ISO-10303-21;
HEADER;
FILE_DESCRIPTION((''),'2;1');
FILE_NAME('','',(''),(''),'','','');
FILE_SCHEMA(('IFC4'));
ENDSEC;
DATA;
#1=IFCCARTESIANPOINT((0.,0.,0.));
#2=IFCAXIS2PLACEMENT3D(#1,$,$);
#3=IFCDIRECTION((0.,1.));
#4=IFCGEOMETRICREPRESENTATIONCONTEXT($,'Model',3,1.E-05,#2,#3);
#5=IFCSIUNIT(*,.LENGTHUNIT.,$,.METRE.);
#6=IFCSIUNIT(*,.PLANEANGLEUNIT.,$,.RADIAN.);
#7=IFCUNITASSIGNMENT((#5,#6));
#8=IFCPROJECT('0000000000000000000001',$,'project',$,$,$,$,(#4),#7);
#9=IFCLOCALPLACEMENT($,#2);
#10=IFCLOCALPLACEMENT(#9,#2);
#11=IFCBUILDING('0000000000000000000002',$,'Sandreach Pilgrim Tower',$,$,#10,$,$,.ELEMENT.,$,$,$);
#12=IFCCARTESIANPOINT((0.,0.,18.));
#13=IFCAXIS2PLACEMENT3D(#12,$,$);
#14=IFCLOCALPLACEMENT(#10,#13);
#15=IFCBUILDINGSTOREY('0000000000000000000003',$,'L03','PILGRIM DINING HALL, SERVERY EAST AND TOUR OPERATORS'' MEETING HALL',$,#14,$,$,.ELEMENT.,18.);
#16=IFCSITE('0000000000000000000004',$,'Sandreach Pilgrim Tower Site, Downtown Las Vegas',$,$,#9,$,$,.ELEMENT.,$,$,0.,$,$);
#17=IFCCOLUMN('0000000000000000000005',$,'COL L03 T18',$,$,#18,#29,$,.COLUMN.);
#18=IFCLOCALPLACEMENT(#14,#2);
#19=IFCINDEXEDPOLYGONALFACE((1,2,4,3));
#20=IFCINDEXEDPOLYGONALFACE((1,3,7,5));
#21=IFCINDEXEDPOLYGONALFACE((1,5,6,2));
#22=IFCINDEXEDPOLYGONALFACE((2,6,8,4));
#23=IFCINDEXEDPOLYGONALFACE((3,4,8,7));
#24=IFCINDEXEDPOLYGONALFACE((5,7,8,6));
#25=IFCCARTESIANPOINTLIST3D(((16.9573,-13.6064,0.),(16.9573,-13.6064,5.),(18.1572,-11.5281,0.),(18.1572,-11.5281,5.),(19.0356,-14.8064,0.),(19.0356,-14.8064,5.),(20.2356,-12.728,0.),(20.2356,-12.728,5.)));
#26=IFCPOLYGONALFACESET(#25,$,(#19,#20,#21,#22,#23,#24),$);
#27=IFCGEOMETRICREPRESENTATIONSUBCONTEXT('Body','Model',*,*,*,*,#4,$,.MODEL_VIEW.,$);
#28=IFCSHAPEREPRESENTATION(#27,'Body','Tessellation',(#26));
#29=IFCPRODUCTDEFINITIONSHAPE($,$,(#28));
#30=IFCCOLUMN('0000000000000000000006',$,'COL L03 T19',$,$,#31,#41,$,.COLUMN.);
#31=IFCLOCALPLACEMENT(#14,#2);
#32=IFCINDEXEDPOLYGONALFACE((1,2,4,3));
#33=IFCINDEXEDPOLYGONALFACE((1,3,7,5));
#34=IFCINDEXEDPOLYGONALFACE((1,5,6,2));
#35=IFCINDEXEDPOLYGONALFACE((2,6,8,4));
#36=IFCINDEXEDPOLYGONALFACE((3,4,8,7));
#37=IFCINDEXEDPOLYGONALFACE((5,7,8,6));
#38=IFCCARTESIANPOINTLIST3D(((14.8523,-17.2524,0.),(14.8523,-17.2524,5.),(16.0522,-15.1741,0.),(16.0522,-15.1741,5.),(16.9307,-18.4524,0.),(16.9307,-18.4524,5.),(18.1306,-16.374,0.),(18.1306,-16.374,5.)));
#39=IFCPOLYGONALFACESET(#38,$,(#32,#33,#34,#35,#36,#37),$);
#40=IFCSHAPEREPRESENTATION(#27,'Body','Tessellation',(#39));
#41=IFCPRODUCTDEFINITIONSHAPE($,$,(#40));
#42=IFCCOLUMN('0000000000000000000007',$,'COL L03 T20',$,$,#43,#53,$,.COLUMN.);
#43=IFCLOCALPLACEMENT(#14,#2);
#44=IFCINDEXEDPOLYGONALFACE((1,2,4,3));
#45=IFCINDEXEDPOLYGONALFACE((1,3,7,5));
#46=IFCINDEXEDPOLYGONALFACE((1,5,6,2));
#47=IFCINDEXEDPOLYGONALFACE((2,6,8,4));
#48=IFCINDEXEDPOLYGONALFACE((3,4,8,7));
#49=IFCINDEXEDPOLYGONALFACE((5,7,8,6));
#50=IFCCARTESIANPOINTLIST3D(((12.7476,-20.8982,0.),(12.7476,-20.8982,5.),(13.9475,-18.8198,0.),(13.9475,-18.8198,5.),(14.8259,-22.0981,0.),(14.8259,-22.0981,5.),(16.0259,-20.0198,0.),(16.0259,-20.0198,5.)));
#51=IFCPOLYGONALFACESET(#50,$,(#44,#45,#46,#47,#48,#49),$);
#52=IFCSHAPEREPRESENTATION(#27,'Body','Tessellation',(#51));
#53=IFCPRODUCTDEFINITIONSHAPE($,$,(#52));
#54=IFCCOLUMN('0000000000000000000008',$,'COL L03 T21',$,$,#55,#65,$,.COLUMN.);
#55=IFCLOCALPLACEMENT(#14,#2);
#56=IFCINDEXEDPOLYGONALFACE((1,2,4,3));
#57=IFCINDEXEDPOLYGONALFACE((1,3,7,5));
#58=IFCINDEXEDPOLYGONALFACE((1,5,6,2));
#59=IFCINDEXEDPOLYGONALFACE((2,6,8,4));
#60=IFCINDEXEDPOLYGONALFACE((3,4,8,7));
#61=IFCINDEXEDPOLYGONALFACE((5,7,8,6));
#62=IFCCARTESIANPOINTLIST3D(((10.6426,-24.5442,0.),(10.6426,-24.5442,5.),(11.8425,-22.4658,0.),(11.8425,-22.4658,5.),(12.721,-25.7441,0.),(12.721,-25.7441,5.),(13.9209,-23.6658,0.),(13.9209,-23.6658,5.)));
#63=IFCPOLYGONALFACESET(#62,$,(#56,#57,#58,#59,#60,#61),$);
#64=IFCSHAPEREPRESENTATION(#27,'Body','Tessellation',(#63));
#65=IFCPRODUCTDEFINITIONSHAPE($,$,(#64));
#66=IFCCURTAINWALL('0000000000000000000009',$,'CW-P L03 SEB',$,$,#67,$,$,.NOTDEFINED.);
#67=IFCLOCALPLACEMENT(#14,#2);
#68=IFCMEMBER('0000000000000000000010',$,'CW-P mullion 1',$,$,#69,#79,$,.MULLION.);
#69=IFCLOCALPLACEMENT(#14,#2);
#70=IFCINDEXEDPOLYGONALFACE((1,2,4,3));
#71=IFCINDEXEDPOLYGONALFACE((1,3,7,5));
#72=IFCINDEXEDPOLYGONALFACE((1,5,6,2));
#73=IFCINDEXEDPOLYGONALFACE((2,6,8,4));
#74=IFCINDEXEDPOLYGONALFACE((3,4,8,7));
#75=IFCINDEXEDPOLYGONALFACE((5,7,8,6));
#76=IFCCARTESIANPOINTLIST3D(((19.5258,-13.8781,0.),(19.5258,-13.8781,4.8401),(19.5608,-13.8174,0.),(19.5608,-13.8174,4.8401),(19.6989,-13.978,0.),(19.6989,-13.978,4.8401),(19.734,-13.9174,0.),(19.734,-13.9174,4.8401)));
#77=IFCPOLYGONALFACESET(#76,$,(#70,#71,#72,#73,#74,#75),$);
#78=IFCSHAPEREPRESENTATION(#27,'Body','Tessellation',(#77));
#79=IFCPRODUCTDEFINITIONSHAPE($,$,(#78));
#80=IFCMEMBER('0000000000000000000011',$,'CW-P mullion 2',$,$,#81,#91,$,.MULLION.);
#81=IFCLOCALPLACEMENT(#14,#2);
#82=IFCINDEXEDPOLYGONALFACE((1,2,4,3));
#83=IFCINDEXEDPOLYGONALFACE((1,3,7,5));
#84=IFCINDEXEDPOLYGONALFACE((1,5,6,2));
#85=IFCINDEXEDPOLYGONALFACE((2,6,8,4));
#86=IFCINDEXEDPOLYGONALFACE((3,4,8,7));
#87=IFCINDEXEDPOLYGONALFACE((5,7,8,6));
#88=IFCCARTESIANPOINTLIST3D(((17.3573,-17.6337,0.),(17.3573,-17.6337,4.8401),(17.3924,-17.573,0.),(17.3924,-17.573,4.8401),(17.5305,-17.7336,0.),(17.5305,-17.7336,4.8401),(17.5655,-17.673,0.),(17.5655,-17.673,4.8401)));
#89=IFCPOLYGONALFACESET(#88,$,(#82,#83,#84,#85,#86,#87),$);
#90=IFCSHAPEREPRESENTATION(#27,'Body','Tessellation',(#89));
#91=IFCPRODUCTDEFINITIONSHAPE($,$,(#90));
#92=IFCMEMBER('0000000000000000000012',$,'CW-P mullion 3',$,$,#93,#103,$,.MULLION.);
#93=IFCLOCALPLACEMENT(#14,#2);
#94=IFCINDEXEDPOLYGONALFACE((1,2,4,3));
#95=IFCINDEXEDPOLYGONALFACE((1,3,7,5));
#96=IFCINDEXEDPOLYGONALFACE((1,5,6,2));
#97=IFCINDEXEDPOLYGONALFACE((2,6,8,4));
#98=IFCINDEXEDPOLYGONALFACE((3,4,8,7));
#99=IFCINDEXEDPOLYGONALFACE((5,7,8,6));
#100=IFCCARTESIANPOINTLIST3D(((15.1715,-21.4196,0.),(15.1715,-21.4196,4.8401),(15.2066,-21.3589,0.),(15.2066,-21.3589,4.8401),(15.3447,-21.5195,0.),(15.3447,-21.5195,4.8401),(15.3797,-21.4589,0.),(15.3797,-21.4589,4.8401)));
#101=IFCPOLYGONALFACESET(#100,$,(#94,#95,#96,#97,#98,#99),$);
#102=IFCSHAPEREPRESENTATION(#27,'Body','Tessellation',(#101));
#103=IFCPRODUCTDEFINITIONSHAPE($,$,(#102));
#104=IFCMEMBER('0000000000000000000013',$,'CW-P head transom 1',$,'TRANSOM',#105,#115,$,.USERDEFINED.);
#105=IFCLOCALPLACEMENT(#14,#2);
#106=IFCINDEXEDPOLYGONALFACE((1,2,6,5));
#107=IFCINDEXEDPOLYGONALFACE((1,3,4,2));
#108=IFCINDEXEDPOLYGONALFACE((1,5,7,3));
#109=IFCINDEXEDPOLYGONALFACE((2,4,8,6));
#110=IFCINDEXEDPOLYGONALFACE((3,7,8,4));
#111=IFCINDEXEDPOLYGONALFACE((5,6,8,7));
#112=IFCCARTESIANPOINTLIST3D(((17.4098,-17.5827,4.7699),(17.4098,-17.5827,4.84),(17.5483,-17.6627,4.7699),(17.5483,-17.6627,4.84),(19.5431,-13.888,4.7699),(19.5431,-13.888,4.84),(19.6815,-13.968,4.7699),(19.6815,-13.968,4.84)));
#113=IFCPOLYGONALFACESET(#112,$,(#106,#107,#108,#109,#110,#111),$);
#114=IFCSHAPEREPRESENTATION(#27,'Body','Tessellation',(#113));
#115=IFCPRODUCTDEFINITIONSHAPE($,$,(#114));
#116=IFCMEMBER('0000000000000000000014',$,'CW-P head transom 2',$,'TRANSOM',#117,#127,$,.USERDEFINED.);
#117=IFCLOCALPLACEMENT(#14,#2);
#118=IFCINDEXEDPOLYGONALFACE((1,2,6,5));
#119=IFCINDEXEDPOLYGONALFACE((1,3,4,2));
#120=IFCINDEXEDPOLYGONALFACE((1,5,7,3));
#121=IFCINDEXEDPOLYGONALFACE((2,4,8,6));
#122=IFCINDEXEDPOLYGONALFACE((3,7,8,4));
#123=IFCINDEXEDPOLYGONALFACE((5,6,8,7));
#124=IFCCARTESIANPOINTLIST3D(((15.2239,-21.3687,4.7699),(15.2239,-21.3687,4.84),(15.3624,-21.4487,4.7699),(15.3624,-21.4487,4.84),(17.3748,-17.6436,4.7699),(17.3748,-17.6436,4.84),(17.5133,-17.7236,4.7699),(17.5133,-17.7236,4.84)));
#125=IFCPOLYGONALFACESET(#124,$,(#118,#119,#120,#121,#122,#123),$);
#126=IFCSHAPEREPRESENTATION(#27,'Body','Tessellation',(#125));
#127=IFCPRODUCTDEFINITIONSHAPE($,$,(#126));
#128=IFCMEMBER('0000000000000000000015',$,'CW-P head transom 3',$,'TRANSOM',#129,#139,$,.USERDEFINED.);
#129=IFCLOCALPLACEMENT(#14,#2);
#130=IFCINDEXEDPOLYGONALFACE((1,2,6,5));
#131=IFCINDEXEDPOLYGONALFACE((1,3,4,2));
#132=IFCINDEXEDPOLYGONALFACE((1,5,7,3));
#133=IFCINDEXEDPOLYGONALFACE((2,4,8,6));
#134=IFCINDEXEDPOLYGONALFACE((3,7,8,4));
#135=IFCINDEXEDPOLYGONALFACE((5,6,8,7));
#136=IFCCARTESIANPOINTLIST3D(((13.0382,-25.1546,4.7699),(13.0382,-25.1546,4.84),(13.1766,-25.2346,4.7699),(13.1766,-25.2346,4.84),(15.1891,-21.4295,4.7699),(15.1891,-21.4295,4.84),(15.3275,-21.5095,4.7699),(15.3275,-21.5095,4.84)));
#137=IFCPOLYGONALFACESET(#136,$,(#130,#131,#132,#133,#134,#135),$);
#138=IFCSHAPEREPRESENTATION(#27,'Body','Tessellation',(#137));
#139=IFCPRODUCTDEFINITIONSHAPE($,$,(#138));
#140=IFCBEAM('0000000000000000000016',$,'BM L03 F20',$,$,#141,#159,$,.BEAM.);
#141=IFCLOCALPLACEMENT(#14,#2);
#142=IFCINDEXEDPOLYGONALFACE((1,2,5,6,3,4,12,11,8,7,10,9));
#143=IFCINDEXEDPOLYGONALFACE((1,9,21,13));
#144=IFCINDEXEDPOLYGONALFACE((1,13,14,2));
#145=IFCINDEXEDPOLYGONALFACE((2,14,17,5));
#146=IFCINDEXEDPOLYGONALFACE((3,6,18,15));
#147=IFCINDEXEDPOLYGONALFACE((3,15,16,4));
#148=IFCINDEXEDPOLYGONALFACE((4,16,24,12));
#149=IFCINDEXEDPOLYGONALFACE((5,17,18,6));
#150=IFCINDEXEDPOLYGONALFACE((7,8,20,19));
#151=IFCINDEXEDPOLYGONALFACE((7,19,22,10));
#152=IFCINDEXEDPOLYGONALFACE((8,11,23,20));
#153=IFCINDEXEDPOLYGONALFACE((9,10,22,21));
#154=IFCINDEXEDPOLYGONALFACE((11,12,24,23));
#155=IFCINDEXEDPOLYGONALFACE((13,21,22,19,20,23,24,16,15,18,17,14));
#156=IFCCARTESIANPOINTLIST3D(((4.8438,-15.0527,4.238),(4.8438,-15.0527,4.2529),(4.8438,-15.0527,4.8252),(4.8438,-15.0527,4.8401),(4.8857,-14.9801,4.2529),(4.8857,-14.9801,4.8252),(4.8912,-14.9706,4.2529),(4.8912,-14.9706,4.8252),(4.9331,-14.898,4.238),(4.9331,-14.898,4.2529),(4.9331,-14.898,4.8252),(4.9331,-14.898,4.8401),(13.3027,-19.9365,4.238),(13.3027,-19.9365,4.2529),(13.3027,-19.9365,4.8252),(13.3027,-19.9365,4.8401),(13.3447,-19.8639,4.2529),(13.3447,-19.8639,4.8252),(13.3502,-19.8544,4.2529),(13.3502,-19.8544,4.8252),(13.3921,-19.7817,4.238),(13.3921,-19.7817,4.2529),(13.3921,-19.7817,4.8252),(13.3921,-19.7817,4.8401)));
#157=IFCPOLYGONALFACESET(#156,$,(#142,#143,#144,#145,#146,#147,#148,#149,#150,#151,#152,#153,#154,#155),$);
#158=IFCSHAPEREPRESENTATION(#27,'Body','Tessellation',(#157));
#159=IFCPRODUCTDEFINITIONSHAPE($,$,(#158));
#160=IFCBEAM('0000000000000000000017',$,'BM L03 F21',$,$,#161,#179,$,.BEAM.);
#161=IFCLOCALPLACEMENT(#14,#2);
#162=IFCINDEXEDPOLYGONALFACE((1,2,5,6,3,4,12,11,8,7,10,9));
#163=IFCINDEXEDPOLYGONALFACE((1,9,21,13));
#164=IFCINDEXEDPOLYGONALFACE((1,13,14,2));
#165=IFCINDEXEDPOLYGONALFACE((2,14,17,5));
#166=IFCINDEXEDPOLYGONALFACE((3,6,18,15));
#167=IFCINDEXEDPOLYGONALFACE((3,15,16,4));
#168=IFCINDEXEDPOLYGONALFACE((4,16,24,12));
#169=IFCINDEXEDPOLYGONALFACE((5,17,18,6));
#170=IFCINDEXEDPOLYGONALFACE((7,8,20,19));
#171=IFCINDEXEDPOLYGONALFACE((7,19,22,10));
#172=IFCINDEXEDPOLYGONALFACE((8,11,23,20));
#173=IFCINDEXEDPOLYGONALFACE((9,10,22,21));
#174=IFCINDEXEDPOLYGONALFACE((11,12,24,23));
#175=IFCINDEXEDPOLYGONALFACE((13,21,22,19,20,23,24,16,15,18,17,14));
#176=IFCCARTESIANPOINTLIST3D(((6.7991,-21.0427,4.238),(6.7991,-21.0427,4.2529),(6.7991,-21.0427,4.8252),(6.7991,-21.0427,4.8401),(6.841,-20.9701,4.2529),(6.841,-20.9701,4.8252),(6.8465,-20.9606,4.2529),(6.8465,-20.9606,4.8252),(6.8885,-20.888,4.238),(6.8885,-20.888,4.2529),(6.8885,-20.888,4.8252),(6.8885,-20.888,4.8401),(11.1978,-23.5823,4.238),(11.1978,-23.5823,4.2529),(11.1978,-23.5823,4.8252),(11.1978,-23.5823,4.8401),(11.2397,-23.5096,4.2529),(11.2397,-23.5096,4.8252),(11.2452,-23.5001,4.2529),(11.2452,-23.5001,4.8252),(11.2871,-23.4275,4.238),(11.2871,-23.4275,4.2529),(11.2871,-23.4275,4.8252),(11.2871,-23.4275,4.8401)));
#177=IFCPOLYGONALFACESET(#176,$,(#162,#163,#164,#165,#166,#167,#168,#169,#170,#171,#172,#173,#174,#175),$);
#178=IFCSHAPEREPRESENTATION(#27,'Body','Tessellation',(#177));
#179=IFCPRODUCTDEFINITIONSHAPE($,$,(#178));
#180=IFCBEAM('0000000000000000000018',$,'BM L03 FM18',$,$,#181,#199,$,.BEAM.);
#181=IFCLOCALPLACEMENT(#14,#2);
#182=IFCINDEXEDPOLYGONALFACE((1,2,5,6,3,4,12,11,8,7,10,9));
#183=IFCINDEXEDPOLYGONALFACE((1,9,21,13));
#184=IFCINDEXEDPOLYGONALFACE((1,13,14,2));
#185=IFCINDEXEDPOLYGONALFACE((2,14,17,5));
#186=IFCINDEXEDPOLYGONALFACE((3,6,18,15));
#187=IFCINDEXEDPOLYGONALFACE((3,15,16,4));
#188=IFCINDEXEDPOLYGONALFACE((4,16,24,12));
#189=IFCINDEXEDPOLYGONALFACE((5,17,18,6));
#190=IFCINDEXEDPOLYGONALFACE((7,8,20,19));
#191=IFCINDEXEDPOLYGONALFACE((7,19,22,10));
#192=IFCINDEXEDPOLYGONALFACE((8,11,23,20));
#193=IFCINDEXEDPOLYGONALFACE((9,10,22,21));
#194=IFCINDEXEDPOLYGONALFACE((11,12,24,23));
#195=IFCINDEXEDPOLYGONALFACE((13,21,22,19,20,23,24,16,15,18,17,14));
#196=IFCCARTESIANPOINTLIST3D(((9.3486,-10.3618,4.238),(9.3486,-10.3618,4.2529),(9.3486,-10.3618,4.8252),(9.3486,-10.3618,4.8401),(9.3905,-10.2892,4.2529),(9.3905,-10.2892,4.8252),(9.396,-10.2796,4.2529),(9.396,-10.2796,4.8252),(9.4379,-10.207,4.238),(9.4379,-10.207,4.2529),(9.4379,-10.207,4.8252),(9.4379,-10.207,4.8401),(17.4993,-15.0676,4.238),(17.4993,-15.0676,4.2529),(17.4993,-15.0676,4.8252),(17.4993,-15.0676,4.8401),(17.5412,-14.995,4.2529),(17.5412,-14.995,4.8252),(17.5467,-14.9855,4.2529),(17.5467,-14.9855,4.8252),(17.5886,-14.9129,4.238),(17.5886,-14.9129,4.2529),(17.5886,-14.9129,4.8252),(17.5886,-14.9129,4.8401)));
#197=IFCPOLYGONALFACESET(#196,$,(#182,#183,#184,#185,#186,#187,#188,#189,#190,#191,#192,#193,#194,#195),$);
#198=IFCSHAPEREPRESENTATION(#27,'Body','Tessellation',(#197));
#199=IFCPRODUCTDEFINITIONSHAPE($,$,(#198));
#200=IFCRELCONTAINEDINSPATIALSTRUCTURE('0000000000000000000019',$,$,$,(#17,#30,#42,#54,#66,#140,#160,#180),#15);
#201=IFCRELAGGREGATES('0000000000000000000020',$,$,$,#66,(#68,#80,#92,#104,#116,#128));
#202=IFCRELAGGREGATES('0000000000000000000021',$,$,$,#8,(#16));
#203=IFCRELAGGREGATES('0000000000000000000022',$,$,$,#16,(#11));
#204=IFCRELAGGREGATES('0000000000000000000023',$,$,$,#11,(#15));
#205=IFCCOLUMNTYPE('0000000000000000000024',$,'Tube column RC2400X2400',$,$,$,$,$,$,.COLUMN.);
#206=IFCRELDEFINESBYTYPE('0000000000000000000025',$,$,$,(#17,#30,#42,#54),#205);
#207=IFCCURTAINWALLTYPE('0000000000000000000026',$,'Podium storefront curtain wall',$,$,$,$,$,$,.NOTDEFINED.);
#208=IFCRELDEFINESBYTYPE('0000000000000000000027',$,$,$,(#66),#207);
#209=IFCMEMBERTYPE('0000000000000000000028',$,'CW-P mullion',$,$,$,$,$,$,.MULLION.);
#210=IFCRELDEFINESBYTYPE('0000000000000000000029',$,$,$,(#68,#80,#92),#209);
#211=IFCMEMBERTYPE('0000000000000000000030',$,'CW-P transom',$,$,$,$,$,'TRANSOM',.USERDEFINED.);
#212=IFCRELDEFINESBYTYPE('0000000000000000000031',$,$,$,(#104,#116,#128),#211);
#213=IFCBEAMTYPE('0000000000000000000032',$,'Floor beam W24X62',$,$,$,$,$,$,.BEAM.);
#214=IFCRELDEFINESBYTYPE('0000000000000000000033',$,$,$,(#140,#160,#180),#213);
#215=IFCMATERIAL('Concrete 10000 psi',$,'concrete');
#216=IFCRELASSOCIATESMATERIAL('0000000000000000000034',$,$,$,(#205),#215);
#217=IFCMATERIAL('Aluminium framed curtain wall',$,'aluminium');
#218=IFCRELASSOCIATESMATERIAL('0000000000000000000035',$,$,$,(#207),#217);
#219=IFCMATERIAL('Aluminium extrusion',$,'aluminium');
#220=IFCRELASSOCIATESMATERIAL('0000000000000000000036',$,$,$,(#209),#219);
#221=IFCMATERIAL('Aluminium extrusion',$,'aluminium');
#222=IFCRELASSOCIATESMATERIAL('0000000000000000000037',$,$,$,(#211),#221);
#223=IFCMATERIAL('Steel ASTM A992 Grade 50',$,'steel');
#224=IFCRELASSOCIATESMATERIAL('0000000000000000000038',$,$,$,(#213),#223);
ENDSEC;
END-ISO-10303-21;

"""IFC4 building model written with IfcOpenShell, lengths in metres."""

from ifc_helpers import new_model, si_unit, direction, frame, origin, origin_2d, place, context, subcontext, project, spatial, rectangle, i_section, extrude, material, material_profile, profile_set, type_object, element, aggregate, save


model = new_model("IFC4")

# Units and contexts
model_context = context("Model", 3, precision=1e-05, world=origin(), true_north=direction((0.0, 1.0)))
body_context = subcontext(model_context, "Body", "Model", "MODEL_VIEW")
ifc_project = project(units=[si_unit("LENGTHUNIT", "METRE"), si_unit("PLANEANGLEUNIT", "RADIAN")], contexts=[model_context])

# Site, building, storey
site_placement = place(None, origin())
site = spatial("IfcSite", under=ifc_project, at=site_placement, Name="Sandreach Pilgrim Tower Site, Downtown Las Vegas", CompositionType="ELEMENT", RefElevation=0.0)
building_placement = place(site_placement, origin())
building = spatial("IfcBuilding", under=site, at=building_placement, Name="Sandreach Pilgrim Tower", CompositionType="ELEMENT")
storey_placement = place(building_placement, frame((0.0, 0.0, 18.0)))
storey = spatial("IfcBuildingStorey", under=building, at=storey_placement, Name="L03", Description="PILGRIM DINING HALL, SERVERY EAST AND TOUR OPERATORS' MEETING HALL", CompositionType="ELEMENT", Elevation=18.0)

# Columns
ifc_material_1 = material(Name="Concrete 10000 psi", Category="concrete")
ifc_material_profile_1 = material_profile(ifc_material_1, rectangle(XDim=2.3999, YDim=2.3999, at=origin_2d()), Name="RC2400X2400")
ifc_profile_set_1 = profile_set([ifc_material_profile_1], Name="Concrete 10000 psi")
column_type = type_object("IfcColumnType", Name="Tube column RC2400X2400", PredefinedType="COLUMN", material=ifc_profile_set_1)
for number, where, z_axis, x_axis, name in (
    (1, (18.5964, -13.1672, 0.0), (0.0, 0.0, 1.0), (0.866025, -0.5, 0.0), "COL L03 T18"),
    (2, (16.4915, -16.8132, 0.0), (0.0, 0.0, 1.0), (0.866025, -0.5, 0.0), "COL L03 T19"),
    (3, (14.3867, -20.459, 0.0), (0.0, 0.0, 1.0), (0.866025, -0.5, 0.0), "COL L03 T20"),
    (4, (12.2817, -24.105, 0.0), (0.0, 0.0, 1.0), (0.866025, -0.5, 0.0), "COL L03 T21"),
):
    element("IfcColumn", number, at=place(storey_placement, frame(where, z_axis=z_axis, x_axis=x_axis)), inside=storey, type_object=column_type, Name=name, PredefinedType="COLUMN", context=body_context, shape_type="SweptSolid", body=[
        extrude(rectangle(XDim=2.3999, YDim=2.3999, at=origin_2d()), origin(), (0.0, 0.0, 1.0), 5.0),
    ])

# Curtain wall, members
ifc_material_2 = material(Name="Aluminium framed curtain wall", Category="aluminium")
curtain_wall_type = type_object("IfcCurtainWallType", Name="Podium storefront curtain wall", PredefinedType="NOTDEFINED", material=ifc_material_2)
curtain_wall_placement = place(storey_placement, origin())
curtain_wall = element("IfcCurtainWall", 5, at=curtain_wall_placement, inside=storey, type_object=curtain_wall_type, Name="CW-P L03 SEB", PredefinedType="NOTDEFINED")
ifc_material_3 = material(Name="Aluminium extrusion", Category="aluminium")
ifc_material_profile_2 = material_profile(ifc_material_3, rectangle(XDim=0.0701, YDim=0.2, at=origin_2d()), Name="CW-PM 70X200")
ifc_profile_set_2 = profile_set([ifc_material_profile_2], Name="Aluminium extrusion")
member_type_1 = type_object("IfcMemberType", Name="CW-P mullion", PredefinedType="MULLION", material=ifc_profile_set_2)
member_1_placement = place(storey_placement, frame((19.6299, -13.8977, 0.0), z_axis=(0.0, 0.0, 1.0), x_axis=(-0.5, -0.866025, 0.0)))
member_1 = element("IfcMember", 6, at=member_1_placement, type_object=member_type_1, Name="CW-P mullion 1", PredefinedType="MULLION", context=body_context, shape_type="SweptSolid", body=[
    extrude(rectangle(XDim=0.0701, YDim=0.2, at=origin_2d()), origin(), (0.0, 0.0, 1.0), 4.8401),
])
member_2_placement = place(storey_placement, frame((17.4614, -17.6533, 0.0), z_axis=(0.0, 0.0, 1.0), x_axis=(-0.5, -0.866025, 0.0)))
member_2 = element("IfcMember", 7, at=member_2_placement, type_object=member_type_1, Name="CW-P mullion 2", PredefinedType="MULLION", context=body_context, shape_type="SweptSolid", body=[
    extrude(rectangle(XDim=0.0701, YDim=0.2, at=origin_2d()), origin(), (0.0, 0.0, 1.0), 4.8401),
])
member_3_placement = place(storey_placement, frame((15.2756, -21.4392, 0.0), z_axis=(0.0, 0.0, 1.0), x_axis=(-0.5, -0.866025, 0.0)))
member_3 = element("IfcMember", 8, at=member_3_placement, type_object=member_type_1, Name="CW-P mullion 3", PredefinedType="MULLION", context=body_context, shape_type="SweptSolid", body=[
    extrude(rectangle(XDim=0.0701, YDim=0.2, at=origin_2d()), origin(), (0.0, 0.0, 1.0), 4.8401),
])
ifc_material_4 = material(Name="Aluminium extrusion", Category="aluminium")
ifc_material_profile_3 = material_profile(ifc_material_4, rectangle(XDim=0.1599, YDim=0.0701, at=origin_2d()), Name="CW-PT 160X70")
ifc_profile_set_3 = profile_set([ifc_material_profile_3], Name="Aluminium extrusion")
member_type_2 = type_object("IfcMemberType", Name="CW-P transom", ElementType="TRANSOM", PredefinedType="USERDEFINED", material=ifc_profile_set_3)
member_4_placement = place(storey_placement, frame((19.6123, -13.928, 4.8049), z_axis=(-0.500016, -0.866016, 0.0), x_axis=(0.866016, -0.500016, 0.0)))
member_4 = element("IfcMember", 9, at=member_4_placement, type_object=member_type_2, Name="CW-P head transom 1", ObjectType="TRANSOM", PredefinedType="USERDEFINED", context=body_context, shape_type="SweptSolid", body=[
    extrude(rectangle(XDim=0.1599, YDim=0.0701, at=origin_2d()), origin(), (0.0, 0.0, 1.0), 4.2664),
])
member_5_placement = place(storey_placement, frame((17.4441, -17.6836, 4.8049), z_axis=(-0.500034, -0.866006, 0.0), x_axis=(0.866006, -0.500034, 0.0)))
member_5 = element("IfcMember", 10, at=member_5_placement, type_object=member_type_2, Name="CW-P head transom 2", ObjectType="TRANSOM", PredefinedType="USERDEFINED", context=body_context, shape_type="SweptSolid", body=[
    extrude(rectangle(XDim=0.1599, YDim=0.0701, at=origin_2d()), origin(), (0.0, 0.0, 1.0), 4.3015),
])
member_6_placement = place(storey_placement, frame((15.2583, -21.4695, 4.8049), z_axis=(-0.500034, -0.866006, 0.0), x_axis=(0.866006, -0.500034, 0.0)))
member_6 = element("IfcMember", 11, at=member_6_placement, type_object=member_type_2, Name="CW-P head transom 3", ObjectType="TRANSOM", PredefinedType="USERDEFINED", context=body_context, shape_type="SweptSolid", body=[
    extrude(rectangle(XDim=0.1599, YDim=0.0701, at=origin_2d()), origin(), (0.0, 0.0, 1.0), 4.3015),
])

# Beams
ifc_material_5 = material(Name="Steel ASTM A992 Grade 50", Category="steel")
ifc_material_profile_4 = material_profile(ifc_material_5, i_section(OverallWidth=0.1787, OverallDepth=0.6021, WebThickness=0.011, FlangeThickness=0.0149, at=origin_2d()), Name="W24X62")
ifc_profile_set_4 = profile_set([ifc_material_profile_4], Name="Steel ASTM A992 Grade 50")
beam_type_1 = type_object("IfcBeamType", Name="Floor beam W24X62", PredefinedType="BEAM", material=ifc_profile_set_4)
beam_1_placement = place(storey_placement, frame((13.3474, -19.8591, 4.5391), z_axis=(-0.866026, 0.499999, 0.0), x_axis=(-0.499999, -0.866026, 0.0)))
element("IfcBeam", 12, at=beam_1_placement, inside=storey, type_object=beam_type_1, Name="BM L03 F20", PredefinedType="BEAM", context=body_context, shape_type="SweptSolid", body=[
    extrude(i_section(OverallWidth=0.1787, OverallDepth=0.6021, WebThickness=0.011, FlangeThickness=0.0149, at=origin_2d()), origin(), (0.0, 0.0, 1.0), 9.7676),
])
beam_2_placement = place(storey_placement, frame((11.2424, -23.5049, 4.5391), z_axis=(-0.866028, 0.499996, 0.0), x_axis=(-0.499996, -0.866028, 0.0)))
element("IfcBeam", 13, at=beam_2_placement, inside=storey, type_object=beam_type_1, Name="BM L03 F21", PredefinedType="BEAM", context=body_context, shape_type="SweptSolid", body=[
    extrude(i_section(OverallWidth=0.1787, OverallDepth=0.6021, WebThickness=0.011, FlangeThickness=0.0149, at=origin_2d()), origin(), (0.0, 0.0, 1.0), 5.0791),
])
beam_3_placement = place(storey_placement, frame((17.5439, -14.9902, 4.5391), z_axis=(-0.866024, 0.500003, 0.0), x_axis=(-0.500003, -0.866024, 0.0)))
element("IfcBeam", 14, at=beam_3_placement, inside=storey, type_object=beam_type_1, Name="BM L03 FM18", PredefinedType="BEAM", context=body_context, shape_type="SweptSolid", body=[
    extrude(i_section(OverallWidth=0.1787, OverallDepth=0.6021, WebThickness=0.011, FlangeThickness=0.0149, at=origin_2d()), origin(), (0.0, 0.0, 1.0), 9.4116),
])

aggregate(curtain_wall, [member_1, member_2, member_3, member_4, member_5, member_6])

save(model, "model.ifc")
